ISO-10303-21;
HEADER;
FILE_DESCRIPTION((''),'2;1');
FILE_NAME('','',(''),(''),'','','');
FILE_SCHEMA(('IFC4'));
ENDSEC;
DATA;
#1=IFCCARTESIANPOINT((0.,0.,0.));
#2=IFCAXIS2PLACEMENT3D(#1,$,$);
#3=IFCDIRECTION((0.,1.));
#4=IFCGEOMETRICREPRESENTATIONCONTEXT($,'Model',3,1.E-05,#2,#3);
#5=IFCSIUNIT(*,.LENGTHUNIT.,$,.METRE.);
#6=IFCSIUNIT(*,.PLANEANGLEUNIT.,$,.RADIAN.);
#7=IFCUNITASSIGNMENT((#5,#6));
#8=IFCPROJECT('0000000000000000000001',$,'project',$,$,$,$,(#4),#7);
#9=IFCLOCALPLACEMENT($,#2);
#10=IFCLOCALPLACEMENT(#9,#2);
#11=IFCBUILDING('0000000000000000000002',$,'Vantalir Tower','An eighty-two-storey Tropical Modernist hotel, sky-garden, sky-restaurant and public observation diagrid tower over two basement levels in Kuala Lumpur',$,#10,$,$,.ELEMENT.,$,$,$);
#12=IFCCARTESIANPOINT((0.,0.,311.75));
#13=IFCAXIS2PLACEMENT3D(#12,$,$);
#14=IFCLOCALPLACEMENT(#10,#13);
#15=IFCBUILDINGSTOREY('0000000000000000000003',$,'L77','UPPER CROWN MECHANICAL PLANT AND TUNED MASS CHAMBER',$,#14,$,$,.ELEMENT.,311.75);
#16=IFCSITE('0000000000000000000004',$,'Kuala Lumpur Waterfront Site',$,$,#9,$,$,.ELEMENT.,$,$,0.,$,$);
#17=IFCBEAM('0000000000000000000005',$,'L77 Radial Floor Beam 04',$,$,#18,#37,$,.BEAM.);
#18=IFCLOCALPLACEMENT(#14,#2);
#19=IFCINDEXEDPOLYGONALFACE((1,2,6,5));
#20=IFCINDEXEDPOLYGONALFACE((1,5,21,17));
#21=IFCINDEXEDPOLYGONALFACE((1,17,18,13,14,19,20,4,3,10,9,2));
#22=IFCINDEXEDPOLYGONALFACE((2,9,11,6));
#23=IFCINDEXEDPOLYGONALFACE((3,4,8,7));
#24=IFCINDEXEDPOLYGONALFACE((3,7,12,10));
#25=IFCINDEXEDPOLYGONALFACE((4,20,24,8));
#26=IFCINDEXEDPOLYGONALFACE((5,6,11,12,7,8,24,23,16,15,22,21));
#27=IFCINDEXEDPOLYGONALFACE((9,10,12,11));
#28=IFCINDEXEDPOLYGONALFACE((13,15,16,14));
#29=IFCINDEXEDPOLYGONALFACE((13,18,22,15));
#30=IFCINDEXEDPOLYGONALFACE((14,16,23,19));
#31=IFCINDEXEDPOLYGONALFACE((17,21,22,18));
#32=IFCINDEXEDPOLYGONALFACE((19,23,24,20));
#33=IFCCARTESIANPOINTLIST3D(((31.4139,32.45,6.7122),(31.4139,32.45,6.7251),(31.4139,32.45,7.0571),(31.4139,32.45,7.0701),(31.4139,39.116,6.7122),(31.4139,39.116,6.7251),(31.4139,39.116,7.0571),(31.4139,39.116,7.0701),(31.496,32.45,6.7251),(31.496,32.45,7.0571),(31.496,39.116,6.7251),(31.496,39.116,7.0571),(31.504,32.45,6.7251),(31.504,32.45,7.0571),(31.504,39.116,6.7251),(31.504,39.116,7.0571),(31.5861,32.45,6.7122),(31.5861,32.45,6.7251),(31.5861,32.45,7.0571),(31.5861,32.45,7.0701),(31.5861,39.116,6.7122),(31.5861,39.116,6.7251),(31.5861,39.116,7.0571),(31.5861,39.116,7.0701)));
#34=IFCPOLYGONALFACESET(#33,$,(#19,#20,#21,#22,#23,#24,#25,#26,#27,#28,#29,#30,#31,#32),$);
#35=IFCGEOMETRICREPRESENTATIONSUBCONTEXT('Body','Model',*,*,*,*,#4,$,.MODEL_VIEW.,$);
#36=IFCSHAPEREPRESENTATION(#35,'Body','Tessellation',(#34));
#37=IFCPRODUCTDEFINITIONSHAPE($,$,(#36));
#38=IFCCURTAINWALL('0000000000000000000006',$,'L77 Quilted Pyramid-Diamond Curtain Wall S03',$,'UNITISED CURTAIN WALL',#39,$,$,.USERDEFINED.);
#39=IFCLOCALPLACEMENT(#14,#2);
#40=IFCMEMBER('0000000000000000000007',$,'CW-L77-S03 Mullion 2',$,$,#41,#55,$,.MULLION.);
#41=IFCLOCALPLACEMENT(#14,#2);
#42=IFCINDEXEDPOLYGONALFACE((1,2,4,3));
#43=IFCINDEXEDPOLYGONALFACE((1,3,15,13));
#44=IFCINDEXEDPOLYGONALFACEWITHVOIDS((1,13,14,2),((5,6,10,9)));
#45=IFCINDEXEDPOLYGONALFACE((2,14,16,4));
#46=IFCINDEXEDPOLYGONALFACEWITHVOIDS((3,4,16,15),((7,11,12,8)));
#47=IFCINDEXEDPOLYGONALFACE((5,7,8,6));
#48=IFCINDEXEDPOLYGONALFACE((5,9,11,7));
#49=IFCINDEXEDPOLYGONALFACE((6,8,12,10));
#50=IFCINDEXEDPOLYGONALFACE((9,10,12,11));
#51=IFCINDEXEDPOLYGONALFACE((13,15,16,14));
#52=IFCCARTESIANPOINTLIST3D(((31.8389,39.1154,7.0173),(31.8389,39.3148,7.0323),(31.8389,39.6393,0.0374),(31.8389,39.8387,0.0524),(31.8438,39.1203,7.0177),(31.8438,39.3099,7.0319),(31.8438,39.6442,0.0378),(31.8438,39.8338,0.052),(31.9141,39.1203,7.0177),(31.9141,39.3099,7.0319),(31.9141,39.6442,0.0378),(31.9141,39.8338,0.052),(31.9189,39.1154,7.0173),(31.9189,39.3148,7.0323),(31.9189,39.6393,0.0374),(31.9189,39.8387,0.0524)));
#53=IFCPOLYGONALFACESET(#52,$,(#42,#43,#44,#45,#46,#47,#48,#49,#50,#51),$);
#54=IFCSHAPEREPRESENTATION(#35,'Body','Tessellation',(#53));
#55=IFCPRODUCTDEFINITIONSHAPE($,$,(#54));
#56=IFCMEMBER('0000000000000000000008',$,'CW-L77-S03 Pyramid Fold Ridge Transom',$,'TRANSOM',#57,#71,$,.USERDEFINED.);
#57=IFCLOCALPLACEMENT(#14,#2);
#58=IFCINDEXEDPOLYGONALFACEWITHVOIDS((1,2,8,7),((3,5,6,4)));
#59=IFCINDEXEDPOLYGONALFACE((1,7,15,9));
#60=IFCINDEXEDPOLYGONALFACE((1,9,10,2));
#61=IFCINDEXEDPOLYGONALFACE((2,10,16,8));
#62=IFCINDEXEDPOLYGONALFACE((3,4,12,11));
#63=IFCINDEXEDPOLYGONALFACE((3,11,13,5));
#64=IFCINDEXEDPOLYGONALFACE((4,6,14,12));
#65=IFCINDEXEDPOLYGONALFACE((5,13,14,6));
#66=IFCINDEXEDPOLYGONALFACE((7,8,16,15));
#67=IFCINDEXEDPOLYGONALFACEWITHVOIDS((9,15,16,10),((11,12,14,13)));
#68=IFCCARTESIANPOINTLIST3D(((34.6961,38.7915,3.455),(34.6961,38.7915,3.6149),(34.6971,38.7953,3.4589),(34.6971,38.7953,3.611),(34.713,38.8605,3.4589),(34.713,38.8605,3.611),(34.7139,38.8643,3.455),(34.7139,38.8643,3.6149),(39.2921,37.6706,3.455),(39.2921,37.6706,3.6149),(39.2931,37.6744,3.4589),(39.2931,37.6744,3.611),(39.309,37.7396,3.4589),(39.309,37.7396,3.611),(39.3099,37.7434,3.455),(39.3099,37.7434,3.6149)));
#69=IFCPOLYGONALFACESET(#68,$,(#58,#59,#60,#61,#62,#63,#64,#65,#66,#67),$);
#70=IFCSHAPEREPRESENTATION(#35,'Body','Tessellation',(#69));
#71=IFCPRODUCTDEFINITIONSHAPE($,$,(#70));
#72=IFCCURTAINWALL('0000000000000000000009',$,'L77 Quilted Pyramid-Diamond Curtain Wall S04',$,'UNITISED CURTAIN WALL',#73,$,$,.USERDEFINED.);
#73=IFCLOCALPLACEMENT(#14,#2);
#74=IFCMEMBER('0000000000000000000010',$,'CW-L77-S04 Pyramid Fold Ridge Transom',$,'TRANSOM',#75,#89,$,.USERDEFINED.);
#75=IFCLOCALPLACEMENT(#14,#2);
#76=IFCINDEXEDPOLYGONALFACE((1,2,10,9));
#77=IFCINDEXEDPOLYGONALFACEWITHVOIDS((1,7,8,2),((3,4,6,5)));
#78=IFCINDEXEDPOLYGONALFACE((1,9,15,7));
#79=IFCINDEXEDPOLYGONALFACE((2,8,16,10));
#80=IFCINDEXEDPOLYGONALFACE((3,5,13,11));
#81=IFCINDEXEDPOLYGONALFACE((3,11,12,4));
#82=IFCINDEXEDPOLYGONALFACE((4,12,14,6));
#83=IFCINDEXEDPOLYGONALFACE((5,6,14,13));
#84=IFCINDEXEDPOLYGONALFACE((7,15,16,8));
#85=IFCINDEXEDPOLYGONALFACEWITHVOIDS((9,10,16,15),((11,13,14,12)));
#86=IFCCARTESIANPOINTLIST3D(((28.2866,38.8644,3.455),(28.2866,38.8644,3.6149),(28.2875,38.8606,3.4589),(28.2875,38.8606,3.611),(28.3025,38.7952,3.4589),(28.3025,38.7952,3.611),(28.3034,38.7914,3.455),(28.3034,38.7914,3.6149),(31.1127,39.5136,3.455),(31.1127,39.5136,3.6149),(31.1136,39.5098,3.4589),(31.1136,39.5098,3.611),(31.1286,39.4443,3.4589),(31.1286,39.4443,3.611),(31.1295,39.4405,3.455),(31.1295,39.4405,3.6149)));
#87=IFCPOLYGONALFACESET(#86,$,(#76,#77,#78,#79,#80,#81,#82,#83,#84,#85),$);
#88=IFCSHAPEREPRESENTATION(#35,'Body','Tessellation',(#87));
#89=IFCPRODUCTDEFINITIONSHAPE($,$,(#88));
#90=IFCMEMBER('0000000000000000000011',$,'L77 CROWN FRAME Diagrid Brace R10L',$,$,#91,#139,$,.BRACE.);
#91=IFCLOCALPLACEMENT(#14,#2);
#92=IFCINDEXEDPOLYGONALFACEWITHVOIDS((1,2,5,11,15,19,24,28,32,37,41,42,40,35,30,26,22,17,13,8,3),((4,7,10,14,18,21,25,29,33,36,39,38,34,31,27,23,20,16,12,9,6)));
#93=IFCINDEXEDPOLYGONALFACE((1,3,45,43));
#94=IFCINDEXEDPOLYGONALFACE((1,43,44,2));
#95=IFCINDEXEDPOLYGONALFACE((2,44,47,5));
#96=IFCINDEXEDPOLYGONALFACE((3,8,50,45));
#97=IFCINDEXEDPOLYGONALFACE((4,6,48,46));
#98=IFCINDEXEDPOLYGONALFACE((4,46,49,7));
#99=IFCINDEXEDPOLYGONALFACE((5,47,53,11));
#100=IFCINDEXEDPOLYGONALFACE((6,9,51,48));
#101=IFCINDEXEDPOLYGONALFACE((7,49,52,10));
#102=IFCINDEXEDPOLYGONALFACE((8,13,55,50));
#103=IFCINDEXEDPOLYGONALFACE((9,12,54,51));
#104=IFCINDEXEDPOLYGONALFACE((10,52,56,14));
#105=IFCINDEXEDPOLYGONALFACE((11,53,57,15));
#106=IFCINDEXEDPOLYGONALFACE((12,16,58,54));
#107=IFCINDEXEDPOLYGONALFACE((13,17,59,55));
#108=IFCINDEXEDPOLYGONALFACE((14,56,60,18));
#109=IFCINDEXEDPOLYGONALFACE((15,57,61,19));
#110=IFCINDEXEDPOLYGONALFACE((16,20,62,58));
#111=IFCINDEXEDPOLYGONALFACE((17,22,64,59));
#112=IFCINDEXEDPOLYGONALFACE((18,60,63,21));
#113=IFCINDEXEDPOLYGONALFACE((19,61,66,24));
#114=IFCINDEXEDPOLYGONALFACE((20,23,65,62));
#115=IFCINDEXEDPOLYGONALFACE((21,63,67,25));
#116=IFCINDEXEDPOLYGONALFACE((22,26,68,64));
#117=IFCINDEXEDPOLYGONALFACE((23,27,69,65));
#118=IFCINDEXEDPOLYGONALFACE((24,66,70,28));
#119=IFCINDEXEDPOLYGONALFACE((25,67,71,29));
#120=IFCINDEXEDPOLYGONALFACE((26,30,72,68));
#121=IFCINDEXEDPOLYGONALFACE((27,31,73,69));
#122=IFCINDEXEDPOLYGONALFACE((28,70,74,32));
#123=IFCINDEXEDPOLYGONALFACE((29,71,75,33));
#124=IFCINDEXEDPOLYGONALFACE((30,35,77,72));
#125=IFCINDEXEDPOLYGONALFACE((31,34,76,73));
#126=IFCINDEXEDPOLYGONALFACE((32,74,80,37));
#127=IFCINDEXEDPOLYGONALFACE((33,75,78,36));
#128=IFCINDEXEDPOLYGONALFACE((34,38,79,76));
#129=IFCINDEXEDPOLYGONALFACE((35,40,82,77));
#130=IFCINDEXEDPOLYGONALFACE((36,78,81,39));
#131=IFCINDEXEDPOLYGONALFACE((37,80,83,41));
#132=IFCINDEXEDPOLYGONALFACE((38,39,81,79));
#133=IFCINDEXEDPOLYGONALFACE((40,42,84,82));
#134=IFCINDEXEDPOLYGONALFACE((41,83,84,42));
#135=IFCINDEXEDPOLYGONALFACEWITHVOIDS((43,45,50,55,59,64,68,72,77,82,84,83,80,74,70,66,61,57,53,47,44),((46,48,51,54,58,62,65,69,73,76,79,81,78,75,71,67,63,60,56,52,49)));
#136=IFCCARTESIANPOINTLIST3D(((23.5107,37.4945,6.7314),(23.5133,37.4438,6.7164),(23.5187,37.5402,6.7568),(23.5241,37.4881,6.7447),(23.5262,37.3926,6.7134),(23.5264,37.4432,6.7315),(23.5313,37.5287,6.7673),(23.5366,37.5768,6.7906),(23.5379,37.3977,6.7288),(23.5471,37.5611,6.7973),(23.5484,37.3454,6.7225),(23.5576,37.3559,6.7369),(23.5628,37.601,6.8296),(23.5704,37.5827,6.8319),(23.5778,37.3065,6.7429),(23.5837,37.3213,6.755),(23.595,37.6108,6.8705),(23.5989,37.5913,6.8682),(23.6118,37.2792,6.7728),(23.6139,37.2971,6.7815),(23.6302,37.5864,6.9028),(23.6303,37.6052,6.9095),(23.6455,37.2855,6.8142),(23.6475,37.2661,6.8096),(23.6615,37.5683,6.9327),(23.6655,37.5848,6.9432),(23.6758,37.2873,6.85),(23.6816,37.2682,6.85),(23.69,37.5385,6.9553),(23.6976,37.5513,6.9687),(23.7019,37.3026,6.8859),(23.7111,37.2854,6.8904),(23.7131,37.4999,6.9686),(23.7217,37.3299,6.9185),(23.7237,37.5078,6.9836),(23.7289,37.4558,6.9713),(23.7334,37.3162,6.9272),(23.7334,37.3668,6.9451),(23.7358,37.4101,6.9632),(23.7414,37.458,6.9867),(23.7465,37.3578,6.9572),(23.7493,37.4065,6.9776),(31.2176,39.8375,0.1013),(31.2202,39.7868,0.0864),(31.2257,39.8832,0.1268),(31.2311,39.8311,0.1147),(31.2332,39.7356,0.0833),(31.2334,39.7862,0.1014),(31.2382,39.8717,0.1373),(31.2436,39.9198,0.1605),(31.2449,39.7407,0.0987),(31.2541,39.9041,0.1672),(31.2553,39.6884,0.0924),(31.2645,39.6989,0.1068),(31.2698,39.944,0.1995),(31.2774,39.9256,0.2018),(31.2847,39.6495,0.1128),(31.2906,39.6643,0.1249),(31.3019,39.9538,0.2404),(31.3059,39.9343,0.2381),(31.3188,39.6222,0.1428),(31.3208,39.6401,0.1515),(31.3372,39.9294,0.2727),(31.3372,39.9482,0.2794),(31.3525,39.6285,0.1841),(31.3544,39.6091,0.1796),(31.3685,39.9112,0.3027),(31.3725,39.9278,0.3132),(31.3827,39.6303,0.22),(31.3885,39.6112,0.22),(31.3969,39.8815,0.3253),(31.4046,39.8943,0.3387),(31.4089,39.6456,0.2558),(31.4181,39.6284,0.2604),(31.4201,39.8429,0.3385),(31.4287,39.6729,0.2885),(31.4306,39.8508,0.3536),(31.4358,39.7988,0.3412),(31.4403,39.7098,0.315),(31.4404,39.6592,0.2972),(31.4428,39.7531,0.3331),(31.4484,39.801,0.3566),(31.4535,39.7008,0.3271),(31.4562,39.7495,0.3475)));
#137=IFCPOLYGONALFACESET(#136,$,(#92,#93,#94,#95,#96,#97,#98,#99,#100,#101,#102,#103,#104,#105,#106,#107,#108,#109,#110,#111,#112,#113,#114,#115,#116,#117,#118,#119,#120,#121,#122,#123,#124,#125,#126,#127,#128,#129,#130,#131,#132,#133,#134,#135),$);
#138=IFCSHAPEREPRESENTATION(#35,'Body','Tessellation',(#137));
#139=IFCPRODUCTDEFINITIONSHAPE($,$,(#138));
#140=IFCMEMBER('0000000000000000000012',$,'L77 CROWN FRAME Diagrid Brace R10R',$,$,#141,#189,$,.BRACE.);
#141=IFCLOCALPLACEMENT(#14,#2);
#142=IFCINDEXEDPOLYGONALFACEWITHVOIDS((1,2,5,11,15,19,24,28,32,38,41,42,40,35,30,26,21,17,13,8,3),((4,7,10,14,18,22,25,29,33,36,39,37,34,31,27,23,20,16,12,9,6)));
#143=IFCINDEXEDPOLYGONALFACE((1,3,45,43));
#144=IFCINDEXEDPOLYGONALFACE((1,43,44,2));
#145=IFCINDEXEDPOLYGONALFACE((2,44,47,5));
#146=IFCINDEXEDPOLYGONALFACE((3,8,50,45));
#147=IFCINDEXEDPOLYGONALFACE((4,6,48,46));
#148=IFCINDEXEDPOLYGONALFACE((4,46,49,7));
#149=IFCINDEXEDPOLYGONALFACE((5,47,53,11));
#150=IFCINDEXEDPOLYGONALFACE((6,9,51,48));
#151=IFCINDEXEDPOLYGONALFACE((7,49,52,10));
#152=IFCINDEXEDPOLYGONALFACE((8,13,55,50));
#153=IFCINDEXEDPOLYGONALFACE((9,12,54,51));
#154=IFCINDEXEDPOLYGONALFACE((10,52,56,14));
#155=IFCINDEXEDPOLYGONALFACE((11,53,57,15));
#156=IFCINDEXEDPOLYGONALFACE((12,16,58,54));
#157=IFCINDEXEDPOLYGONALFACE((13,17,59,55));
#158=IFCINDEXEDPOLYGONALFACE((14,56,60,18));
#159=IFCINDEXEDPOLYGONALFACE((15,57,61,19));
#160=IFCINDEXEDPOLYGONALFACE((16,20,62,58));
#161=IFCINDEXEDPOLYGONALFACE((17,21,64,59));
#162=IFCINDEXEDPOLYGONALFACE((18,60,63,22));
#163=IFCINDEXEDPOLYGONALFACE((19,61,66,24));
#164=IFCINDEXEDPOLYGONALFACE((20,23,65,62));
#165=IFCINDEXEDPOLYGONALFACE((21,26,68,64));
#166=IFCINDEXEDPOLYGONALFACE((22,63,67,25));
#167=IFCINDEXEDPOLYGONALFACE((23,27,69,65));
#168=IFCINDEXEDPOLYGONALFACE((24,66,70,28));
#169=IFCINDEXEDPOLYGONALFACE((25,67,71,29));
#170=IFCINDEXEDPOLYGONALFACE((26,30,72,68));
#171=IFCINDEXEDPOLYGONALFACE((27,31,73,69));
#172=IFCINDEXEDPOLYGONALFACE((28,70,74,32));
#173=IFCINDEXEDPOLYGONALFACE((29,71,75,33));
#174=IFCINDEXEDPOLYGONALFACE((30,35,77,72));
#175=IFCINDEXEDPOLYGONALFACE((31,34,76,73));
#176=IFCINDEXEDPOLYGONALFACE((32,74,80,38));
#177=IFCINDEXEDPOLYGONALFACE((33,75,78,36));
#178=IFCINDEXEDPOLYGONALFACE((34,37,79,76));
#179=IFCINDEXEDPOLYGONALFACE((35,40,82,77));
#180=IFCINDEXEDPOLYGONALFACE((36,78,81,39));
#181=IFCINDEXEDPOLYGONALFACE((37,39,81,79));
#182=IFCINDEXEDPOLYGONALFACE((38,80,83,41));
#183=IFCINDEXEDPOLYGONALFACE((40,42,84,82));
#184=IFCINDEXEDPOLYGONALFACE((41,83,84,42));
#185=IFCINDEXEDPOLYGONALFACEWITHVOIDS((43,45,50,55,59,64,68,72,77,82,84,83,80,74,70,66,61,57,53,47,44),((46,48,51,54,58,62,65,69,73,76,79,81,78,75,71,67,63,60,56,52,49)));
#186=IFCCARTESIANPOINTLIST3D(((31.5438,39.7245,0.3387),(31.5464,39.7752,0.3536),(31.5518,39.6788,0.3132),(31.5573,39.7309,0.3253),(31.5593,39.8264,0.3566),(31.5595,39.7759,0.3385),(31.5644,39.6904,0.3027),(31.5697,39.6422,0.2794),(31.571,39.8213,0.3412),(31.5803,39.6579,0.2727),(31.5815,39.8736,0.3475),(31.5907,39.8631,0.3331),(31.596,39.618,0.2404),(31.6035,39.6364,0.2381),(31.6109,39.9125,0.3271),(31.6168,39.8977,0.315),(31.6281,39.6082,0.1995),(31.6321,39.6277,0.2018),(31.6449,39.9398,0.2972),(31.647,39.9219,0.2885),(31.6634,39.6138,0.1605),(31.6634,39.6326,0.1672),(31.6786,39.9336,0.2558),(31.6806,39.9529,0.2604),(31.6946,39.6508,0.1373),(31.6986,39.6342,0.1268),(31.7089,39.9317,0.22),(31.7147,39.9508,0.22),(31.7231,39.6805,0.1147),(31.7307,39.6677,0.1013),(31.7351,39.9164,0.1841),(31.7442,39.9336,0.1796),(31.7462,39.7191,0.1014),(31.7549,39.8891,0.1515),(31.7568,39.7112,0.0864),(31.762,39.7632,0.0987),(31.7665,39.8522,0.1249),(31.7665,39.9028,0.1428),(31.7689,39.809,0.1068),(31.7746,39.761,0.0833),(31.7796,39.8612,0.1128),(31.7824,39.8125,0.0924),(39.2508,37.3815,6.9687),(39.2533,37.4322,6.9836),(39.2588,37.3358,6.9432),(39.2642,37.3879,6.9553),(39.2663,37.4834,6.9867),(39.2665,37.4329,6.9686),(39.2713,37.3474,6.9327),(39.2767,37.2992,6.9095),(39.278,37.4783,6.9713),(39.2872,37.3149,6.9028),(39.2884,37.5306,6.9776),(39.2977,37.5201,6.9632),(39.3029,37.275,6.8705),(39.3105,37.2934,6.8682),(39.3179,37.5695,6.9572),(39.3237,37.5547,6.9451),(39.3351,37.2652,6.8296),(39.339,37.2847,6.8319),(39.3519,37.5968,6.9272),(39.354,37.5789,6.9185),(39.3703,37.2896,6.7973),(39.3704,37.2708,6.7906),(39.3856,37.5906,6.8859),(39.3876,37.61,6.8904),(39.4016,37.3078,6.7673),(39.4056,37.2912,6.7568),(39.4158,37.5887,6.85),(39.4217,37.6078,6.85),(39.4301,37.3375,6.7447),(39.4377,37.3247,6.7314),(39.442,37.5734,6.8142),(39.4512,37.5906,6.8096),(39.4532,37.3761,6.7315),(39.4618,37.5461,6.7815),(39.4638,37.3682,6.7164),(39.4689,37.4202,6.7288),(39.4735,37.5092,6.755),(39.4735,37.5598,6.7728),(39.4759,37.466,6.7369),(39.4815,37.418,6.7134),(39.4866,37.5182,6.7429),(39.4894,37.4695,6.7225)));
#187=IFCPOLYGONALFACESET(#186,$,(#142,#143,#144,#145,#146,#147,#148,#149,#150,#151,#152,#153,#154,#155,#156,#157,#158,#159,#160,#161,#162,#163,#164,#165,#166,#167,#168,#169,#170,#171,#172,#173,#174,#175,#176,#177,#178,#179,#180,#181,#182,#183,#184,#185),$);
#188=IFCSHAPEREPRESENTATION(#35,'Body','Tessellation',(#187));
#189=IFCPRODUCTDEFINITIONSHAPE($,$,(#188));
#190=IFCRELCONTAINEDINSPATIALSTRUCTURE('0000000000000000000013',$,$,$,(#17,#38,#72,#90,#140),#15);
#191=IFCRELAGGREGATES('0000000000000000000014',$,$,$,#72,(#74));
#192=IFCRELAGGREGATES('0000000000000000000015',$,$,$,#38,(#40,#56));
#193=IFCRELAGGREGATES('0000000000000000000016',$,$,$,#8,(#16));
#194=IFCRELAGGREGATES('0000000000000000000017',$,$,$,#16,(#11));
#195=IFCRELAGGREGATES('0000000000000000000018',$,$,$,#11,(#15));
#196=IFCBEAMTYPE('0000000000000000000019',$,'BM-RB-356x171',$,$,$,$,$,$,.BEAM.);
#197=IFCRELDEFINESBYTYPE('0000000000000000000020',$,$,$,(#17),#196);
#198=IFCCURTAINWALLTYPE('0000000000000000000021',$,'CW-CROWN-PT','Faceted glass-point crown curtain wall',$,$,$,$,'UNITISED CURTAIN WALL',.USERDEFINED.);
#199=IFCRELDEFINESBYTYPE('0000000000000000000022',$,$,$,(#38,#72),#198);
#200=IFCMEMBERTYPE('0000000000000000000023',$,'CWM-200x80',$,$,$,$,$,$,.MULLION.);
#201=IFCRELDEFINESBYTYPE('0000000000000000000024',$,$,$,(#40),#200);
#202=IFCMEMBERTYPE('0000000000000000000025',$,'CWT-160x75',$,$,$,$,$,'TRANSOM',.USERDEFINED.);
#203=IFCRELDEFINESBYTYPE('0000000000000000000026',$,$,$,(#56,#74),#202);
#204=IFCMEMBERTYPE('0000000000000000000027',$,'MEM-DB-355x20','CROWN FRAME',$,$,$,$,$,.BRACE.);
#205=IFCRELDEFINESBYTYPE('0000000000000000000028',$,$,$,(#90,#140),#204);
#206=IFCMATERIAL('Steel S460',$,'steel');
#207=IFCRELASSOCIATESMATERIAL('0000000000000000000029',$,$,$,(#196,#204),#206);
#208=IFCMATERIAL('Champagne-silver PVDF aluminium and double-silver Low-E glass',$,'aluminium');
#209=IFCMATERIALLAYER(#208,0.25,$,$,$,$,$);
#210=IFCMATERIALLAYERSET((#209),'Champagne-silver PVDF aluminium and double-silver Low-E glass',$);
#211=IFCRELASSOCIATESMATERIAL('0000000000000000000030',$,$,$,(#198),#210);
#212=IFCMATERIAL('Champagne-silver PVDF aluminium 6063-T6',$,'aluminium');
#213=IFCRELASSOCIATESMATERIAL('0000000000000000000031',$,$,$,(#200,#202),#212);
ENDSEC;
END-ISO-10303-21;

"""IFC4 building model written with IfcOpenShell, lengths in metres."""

from ifc_helpers import new_model, si_unit, direction, frame, origin, origin_2d, place, context, subcontext, project, spatial, hollow_rectangle, hollow_circle, i_section, extrude, material, layer, layer_set, material_profile, profile_set, type_object, element, aggregate, save


model = new_model("IFC4")

# Units and contexts
model_context = context("Model", 3, precision=1e-05, world=origin(), true_north=direction((0.0, 1.0)))
body_context = subcontext(model_context, "Body", "Model", "MODEL_VIEW")
ifc_project = project(units=[si_unit("LENGTHUNIT", "METRE"), si_unit("PLANEANGLEUNIT", "RADIAN")], contexts=[model_context])

# Site, building, storey
site_placement = place(None, origin())
site = spatial("IfcSite", under=ifc_project, at=site_placement, Name="Kuala Lumpur Waterfront Site", CompositionType="ELEMENT", RefElevation=0.0)
building_placement = place(site_placement, origin())
building = spatial("IfcBuilding", under=site, at=building_placement, Name="Vantalir Tower", Description="An eighty-two-storey Tropical Modernist hotel, sky-garden, sky-restaurant and public observation diagrid tower over two basement levels in Kuala Lumpur", CompositionType="ELEMENT")
storey_placement = place(building_placement, frame((0.0, 0.0, 311.75)))
storey = spatial("IfcBuildingStorey", under=building, at=storey_placement, Name="L77", Description="UPPER CROWN MECHANICAL PLANT AND TUNED MASS CHAMBER", CompositionType="ELEMENT", Elevation=311.75)

# Shared definitions
ifc_material_1 = material(Name="Steel S460", Category="steel")

# Beam
ifc_material_profile_1 = material_profile(ifc_material_1, i_section(OverallWidth=0.1721, OverallDepth=0.3579, WebThickness=0.0081, FlangeThickness=0.0129, at=origin_2d()), Name="Steel S460")
ifc_profile_set_1 = profile_set([ifc_material_profile_1], Name="Steel S460")
beam_type_1 = type_object("IfcBeamType", Name="BM-RB-356x171", PredefinedType="BEAM", material=ifc_profile_set_1)
beam_1_placement = place(storey_placement, frame((31.5, 39.116, 6.8911), z_axis=(0.0, -1.0, 0.0), x_axis=(1.0, 0.0, 0.0)))
element("IfcBeam", 1, at=beam_1_placement, inside=storey, type_object=beam_type_1, Name="L77 Radial Floor Beam 04", PredefinedType="BEAM", context=body_context, shape_type="SweptSolid", body=[
    extrude(i_section(OverallWidth=0.1721, OverallDepth=0.3579, WebThickness=0.0081, FlangeThickness=0.0129, at=origin_2d()), origin(), (0.0, 0.0, 1.0), 6.666),
])

# Curtain wall, members
ifc_material_2 = material(Name="Champagne-silver PVDF aluminium and double-silver Low-E glass", Category="aluminium")
ifc_layer_1 = layer(ifc_material_2, 0.25)
ifc_layer_set_1 = layer_set([ifc_layer_1], Name="Champagne-silver PVDF aluminium and double-silver Low-E glass")
curtain_wall_type = type_object("IfcCurtainWallType", Name="CW-CROWN-PT", Description="Faceted glass-point crown curtain wall", ElementType="UNITISED CURTAIN WALL", PredefinedType="USERDEFINED", material=ifc_layer_set_1)
curtain_wall_1_placement = place(storey_placement, origin())
curtain_wall_1 = element("IfcCurtainWall", 2, at=curtain_wall_1_placement, inside=storey, type_object=curtain_wall_type, Name="L77 Quilted Pyramid-Diamond Curtain Wall S03", ObjectType="UNITISED CURTAIN WALL", PredefinedType="USERDEFINED")
ifc_material_3 = material(Name="Champagne-silver PVDF aluminium 6063-T6", Category="aluminium")
ifc_material_profile_2 = material_profile(ifc_material_3, hollow_rectangle(XDim=0.0801, YDim=0.2, WallThickness=0.0049, at=origin_2d()), Name="Champagne-silver PVDF aluminium 6063-T6")
ifc_profile_set_2 = profile_set([ifc_material_profile_2], Name="Champagne-silver PVDF aluminium 6063-T6")
member_type_1 = type_object("IfcMemberType", Name="CWM-200x80", PredefinedType="MULLION", material=ifc_profile_set_2)
member_1_placement = place(storey_placement, frame((31.8789, 39.739, 0.0449), z_axis=(0.0, -0.074851, 0.997195), x_axis=(1.0, 0.0, 0.0)))
member_1 = element("IfcMember", 3, at=member_1_placement, type_object=member_type_1, Name="CW-L77-S03 Mullion 2", PredefinedType="MULLION", context=body_context, shape_type="SweptSolid", body=[
    extrude(hollow_rectangle(XDim=0.0801, YDim=0.2, WallThickness=0.0049, at=origin_2d()), origin(), (0.0, 0.0, 1.0), 6.9995),
])
ifc_material_profile_3 = material_profile(ifc_material_3, hollow_rectangle(XDim=0.075, YDim=0.1599, WallThickness=0.0039, at=origin_2d()), Name="Champagne-silver PVDF aluminium 6063-T6")
ifc_profile_set_3 = profile_set([ifc_material_profile_3], Name="Champagne-silver PVDF aluminium 6063-T6")
member_type_2 = type_object("IfcMemberType", Name="CWT-160x75", ElementType="TRANSOM", PredefinedType="USERDEFINED", material=ifc_profile_set_3)
member_2_placement = place(storey_placement, frame((39.301, 37.707, 3.5349), z_axis=(-0.971526, 0.236934, 0.0), x_axis=(-0.236934, -0.971526, 0.0)))
member_2 = element("IfcMember", 4, at=member_2_placement, type_object=member_type_2, Name="CW-L77-S03 Pyramid Fold Ridge Transom", ObjectType="TRANSOM", PredefinedType="USERDEFINED", context=body_context, shape_type="SweptSolid", body=[
    extrude(hollow_rectangle(XDim=0.075, YDim=0.1599, WallThickness=0.0039, at=origin_2d()), origin(), (0.0, 0.0, 1.0), 4.7307),
])

# Curtain wall, member
curtain_wall_2_placement = place(storey_placement, origin())
curtain_wall_2 = element("IfcCurtainWall", 5, at=curtain_wall_2_placement, inside=storey, type_object=curtain_wall_type, Name="L77 Quilted Pyramid-Diamond Curtain Wall S04", ObjectType="UNITISED CURTAIN WALL", PredefinedType="USERDEFINED")
member_3_placement = place(storey_placement, frame((31.1211, 39.4771, 3.5349), z_axis=(-0.974619, -0.223869, 0.0), x_axis=(0.223869, -0.974619, 0.0)))
member_3 = element("IfcMember", 6, at=member_3_placement, type_object=member_type_2, Name="CW-L77-S04 Pyramid Fold Ridge Transom", ObjectType="TRANSOM", PredefinedType="USERDEFINED", context=body_context, shape_type="SweptSolid", body=[
    extrude(hollow_rectangle(XDim=0.075, YDim=0.1599, WallThickness=0.0039, at=origin_2d()), origin(), (0.0, 0.0, 1.0), 2.8997),
])
aggregate(curtain_wall_2, [member_3])

# Members
ifc_material_profile_4 = material_profile(ifc_material_1, hollow_circle(Radius=0.1775, WallThickness=0.02, at=origin_2d()), Name="Steel S460")
ifc_profile_set_4 = profile_set([ifc_material_profile_4], Name="Steel S460")
member_type_3 = type_object("IfcMemberType", Name="MEM-DB-355x20", Description="CROWN FRAME", PredefinedType="BRACE", material=ifc_profile_set_4)
for number, where, z_axis, x_axis, name in (
    (7, (31.3369, 39.781, 0.22), (-0.73872, -0.224578, 0.635498), (0.290866, -0.956764, 0.0), "L77 CROWN FRAME Diagrid Brace R10L"),
    (8, (31.6631, 39.781, 0.22), (0.73872, -0.224578, 0.635498), (0.290866, 0.956764, 0.0), "L77 CROWN FRAME Diagrid Brace R10R"),
):
    element("IfcMember", number, at=place(storey_placement, frame(where, z_axis=z_axis, x_axis=x_axis)), inside=storey, type_object=member_type_3, Name=name, PredefinedType="BRACE", context=body_context, shape_type="SweptSolid", body=[
        extrude(hollow_circle(Radius=0.1775, WallThickness=0.02, at=origin_2d()), origin(), (0.0, 0.0, 1.0), 10.4329),
    ])

aggregate(curtain_wall_1, [member_1, member_2])

save(model, "model.ifc")
